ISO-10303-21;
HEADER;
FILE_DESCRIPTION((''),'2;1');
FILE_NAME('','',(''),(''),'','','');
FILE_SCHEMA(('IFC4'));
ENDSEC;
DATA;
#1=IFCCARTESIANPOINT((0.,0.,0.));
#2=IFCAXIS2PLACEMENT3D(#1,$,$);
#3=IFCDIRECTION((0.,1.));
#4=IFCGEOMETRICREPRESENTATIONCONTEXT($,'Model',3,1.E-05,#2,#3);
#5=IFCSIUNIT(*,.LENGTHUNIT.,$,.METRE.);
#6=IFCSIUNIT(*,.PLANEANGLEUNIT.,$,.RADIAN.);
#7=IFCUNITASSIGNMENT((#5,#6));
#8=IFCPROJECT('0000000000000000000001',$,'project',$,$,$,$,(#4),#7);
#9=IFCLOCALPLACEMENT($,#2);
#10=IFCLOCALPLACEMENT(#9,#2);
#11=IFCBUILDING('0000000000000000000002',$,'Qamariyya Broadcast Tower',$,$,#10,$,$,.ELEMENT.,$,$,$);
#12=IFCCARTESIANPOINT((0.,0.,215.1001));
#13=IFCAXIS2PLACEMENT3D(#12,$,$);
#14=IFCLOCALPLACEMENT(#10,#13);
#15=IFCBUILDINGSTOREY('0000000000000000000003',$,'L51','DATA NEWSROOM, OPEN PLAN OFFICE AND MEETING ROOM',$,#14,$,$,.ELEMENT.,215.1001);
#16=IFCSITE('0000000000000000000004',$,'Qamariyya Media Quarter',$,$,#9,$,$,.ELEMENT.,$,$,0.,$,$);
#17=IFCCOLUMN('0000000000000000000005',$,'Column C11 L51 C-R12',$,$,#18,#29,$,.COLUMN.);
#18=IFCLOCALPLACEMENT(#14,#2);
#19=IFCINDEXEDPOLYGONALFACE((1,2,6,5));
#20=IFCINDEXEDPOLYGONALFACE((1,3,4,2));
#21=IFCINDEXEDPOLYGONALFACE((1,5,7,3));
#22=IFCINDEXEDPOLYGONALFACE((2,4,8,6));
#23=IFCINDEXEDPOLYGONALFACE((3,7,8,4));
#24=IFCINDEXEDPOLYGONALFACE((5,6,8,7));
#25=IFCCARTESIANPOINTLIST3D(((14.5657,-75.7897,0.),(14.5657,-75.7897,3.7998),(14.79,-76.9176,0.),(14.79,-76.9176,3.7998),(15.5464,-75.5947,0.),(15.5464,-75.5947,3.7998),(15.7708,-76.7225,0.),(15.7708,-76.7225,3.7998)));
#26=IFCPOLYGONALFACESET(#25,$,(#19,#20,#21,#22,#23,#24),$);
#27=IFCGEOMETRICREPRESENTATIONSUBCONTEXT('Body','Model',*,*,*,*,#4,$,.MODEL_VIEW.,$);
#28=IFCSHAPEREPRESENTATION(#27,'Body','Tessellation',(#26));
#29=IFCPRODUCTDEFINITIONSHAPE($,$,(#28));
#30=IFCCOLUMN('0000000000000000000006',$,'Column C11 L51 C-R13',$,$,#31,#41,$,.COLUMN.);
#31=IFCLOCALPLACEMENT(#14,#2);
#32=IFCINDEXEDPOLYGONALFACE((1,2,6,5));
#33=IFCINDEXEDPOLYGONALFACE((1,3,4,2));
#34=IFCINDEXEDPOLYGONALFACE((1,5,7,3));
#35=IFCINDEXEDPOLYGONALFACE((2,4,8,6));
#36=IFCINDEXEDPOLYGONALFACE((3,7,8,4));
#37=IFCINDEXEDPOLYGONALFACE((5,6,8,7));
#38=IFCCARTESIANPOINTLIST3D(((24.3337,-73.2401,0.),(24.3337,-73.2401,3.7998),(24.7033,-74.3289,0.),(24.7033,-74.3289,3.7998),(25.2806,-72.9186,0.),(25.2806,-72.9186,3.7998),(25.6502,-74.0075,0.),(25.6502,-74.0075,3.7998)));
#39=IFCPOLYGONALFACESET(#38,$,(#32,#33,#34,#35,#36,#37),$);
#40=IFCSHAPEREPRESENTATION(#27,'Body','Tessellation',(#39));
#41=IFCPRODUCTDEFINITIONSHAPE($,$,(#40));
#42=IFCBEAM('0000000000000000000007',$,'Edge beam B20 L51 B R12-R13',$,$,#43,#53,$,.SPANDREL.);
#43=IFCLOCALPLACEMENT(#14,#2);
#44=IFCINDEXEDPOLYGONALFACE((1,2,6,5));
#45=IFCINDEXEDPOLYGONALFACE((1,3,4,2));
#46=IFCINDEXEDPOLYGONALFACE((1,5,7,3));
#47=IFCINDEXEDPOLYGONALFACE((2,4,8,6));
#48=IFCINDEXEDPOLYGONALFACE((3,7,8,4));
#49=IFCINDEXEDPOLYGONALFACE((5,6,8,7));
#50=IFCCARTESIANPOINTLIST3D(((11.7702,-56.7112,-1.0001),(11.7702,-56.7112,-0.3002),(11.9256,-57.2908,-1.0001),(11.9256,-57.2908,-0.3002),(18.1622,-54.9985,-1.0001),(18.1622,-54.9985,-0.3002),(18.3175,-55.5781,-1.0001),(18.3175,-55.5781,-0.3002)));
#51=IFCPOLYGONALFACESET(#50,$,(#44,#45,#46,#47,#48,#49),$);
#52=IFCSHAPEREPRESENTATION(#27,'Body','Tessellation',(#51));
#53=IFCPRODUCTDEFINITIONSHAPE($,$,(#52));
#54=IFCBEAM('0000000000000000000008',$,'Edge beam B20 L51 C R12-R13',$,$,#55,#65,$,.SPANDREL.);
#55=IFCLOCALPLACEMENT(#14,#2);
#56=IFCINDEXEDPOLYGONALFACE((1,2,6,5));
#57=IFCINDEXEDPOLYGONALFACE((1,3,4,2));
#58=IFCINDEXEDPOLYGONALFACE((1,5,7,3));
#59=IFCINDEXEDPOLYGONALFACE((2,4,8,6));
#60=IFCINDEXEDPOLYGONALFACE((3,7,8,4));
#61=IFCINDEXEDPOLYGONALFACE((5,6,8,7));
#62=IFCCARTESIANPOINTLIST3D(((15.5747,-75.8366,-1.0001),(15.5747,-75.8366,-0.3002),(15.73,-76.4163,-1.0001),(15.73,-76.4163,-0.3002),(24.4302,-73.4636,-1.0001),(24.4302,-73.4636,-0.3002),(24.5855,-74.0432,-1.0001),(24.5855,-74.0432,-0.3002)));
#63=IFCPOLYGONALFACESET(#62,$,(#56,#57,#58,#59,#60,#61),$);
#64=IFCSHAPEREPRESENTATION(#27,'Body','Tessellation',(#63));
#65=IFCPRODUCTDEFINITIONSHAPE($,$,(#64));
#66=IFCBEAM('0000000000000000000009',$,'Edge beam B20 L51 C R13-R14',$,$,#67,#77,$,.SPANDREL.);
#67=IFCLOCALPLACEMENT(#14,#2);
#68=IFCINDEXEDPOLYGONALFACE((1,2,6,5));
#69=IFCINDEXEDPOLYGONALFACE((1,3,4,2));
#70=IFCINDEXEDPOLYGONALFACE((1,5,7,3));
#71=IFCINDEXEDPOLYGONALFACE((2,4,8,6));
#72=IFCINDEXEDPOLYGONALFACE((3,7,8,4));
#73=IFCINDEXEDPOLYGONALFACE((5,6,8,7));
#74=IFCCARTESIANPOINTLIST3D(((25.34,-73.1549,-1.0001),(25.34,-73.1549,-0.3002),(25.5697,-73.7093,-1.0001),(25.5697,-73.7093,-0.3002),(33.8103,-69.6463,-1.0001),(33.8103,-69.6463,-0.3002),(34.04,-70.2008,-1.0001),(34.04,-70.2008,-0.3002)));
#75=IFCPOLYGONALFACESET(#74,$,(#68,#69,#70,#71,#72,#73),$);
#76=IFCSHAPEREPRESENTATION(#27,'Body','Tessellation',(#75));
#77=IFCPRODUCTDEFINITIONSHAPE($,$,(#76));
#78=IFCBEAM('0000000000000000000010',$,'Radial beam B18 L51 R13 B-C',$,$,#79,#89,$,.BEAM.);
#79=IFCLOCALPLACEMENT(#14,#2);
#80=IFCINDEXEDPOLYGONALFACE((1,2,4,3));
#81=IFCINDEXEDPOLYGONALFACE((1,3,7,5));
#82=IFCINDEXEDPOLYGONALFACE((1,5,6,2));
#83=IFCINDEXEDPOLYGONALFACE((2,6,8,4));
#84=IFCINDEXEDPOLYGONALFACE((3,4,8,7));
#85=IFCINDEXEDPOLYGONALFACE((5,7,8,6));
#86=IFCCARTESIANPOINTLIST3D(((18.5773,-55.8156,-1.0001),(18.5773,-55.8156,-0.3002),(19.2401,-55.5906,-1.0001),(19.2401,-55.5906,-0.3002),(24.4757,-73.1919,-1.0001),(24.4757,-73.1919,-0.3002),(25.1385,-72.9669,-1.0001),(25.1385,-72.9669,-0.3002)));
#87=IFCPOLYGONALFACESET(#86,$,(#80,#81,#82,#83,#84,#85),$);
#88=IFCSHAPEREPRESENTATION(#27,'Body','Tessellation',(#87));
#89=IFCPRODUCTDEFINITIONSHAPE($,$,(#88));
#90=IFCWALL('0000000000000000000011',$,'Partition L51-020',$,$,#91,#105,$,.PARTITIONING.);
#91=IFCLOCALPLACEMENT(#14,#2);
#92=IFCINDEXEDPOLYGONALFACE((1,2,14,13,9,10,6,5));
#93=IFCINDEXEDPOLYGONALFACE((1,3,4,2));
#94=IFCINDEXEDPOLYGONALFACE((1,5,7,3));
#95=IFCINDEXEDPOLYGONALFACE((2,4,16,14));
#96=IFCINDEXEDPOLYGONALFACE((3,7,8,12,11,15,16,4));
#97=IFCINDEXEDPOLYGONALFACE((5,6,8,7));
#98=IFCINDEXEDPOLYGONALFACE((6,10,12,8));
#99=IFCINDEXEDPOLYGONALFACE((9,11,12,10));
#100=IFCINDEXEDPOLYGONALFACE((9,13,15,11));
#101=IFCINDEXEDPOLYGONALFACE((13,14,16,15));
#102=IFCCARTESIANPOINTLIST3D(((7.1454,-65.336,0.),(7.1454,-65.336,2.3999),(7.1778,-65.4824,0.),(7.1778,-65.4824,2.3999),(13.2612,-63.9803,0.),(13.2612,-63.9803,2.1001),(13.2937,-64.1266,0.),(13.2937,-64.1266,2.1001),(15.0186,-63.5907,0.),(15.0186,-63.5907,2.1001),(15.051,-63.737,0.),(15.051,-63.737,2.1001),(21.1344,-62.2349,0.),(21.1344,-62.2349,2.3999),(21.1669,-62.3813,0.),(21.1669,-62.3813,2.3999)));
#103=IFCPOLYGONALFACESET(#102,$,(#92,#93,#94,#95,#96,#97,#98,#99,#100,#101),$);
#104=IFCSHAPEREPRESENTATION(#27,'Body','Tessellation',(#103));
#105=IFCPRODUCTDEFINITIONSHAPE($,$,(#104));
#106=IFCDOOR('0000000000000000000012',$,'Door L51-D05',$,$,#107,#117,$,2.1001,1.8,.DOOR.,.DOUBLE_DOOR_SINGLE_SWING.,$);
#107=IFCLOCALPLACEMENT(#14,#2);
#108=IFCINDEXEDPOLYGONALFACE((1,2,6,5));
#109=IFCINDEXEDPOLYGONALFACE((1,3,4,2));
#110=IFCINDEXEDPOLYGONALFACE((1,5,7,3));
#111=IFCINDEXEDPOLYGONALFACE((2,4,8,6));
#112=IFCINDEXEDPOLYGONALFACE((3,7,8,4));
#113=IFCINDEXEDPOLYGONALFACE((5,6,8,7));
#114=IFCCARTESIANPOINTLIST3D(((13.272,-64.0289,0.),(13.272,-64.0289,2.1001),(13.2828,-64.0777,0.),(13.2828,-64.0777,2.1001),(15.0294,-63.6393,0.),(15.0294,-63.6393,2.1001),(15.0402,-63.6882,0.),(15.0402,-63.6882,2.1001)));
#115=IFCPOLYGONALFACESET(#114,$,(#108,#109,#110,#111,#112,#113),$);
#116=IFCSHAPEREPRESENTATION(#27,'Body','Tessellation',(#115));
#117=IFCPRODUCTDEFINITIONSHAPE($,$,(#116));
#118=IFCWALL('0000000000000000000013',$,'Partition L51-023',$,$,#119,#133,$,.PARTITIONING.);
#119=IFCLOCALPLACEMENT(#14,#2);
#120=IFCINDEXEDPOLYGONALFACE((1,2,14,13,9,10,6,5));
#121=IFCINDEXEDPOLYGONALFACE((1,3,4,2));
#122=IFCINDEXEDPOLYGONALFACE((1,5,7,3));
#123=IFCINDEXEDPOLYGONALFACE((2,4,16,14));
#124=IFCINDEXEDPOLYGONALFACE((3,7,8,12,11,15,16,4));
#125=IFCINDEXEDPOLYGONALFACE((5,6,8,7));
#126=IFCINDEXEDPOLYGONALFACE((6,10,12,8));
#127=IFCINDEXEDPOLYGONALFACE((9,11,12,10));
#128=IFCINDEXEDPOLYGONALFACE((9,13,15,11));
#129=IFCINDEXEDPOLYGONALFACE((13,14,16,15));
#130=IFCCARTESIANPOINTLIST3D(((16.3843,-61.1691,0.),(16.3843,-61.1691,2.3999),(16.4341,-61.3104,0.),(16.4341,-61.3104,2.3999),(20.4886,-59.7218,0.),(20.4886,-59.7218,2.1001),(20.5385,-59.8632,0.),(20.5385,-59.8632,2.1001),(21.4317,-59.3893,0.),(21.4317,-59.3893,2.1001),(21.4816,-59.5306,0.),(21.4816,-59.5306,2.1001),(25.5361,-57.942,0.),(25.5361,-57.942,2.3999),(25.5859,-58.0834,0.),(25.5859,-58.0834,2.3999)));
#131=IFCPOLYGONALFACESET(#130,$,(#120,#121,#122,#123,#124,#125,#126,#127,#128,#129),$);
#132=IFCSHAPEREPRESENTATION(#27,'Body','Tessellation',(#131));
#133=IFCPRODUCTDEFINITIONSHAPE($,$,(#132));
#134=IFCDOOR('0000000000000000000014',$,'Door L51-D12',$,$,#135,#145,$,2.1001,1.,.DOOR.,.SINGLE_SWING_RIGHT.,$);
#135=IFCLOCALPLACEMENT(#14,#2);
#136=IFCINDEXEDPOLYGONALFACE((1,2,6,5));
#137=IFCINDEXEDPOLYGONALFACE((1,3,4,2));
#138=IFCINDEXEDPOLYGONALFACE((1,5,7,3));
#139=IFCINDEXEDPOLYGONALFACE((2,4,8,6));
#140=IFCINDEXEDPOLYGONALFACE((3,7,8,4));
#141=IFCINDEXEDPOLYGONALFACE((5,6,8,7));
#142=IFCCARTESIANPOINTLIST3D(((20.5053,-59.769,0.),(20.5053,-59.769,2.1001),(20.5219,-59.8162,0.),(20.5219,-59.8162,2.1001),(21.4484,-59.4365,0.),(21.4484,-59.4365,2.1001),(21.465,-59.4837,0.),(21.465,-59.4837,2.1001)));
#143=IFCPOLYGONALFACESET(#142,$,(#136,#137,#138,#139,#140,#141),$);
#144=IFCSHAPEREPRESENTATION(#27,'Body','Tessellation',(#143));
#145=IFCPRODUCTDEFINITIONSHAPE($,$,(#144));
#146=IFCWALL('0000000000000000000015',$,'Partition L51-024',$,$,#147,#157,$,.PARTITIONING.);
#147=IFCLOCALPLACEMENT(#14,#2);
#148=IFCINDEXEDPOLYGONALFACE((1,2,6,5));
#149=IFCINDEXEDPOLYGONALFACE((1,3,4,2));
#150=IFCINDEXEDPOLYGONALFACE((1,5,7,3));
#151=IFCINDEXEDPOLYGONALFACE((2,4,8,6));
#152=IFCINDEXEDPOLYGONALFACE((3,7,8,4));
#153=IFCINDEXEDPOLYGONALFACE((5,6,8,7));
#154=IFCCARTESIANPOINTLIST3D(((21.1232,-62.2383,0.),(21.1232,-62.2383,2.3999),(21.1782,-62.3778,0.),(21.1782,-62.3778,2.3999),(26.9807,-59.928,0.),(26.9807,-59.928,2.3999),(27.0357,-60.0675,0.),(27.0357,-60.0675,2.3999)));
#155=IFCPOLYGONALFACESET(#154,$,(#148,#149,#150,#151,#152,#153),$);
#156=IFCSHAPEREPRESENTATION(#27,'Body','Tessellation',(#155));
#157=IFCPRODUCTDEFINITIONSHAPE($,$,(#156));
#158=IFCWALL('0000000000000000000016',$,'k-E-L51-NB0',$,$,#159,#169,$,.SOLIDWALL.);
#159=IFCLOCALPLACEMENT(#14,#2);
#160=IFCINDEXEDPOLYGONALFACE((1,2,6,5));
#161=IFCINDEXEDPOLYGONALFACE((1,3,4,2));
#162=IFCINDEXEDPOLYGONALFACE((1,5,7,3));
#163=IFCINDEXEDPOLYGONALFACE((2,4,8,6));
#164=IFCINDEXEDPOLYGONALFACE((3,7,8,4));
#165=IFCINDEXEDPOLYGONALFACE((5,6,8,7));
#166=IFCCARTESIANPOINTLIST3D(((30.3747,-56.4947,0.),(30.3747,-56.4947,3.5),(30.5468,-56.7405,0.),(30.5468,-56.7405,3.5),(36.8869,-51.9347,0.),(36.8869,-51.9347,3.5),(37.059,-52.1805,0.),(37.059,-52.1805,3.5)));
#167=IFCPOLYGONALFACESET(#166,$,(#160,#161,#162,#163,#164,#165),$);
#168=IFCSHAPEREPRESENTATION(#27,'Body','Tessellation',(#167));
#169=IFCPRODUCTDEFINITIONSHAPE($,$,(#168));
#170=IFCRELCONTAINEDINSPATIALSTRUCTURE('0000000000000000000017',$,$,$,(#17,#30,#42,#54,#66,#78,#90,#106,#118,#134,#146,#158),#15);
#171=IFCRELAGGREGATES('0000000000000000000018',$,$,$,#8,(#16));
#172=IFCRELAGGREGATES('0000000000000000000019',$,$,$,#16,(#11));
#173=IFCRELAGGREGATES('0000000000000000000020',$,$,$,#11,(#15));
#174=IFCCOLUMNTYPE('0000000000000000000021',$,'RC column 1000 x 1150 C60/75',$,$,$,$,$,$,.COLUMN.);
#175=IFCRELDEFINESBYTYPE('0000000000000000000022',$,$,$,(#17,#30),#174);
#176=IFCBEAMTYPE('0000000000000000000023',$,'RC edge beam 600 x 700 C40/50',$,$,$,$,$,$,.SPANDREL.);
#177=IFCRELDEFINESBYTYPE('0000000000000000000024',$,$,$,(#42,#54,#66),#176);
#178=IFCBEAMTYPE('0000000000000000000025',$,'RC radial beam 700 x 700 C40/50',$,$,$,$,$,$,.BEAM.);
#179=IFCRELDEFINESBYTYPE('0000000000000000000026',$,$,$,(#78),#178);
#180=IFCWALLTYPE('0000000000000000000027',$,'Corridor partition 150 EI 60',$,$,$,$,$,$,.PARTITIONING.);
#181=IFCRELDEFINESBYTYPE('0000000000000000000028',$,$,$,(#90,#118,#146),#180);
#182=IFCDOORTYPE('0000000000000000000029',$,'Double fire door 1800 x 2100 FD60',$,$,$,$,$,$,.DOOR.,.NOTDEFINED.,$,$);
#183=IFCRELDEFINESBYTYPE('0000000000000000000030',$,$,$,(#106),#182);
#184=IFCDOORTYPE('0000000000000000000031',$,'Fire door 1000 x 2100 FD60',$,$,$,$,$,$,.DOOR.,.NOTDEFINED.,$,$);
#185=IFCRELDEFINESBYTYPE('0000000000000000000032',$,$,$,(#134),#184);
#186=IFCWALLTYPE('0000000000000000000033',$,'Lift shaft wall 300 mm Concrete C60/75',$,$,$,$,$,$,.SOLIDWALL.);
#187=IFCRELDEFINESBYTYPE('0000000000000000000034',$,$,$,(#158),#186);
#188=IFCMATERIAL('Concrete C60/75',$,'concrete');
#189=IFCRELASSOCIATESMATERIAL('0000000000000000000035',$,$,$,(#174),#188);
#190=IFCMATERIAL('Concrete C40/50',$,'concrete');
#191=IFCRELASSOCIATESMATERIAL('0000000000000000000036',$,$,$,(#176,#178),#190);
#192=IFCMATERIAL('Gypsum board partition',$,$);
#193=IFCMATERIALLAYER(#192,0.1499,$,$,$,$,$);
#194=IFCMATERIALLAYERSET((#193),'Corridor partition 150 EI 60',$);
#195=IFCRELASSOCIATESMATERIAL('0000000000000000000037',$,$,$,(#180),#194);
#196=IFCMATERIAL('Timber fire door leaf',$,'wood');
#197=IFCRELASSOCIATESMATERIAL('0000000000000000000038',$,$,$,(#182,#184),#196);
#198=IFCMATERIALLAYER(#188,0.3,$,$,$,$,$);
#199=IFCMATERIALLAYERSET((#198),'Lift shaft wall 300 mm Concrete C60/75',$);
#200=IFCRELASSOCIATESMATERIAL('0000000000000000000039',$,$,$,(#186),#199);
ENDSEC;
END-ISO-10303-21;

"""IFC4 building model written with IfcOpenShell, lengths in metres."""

from ifc_helpers import new_model, si_unit, direction, frame, frame_2d, origin, origin_2d, place, context, subcontext, project, spatial, rectangle, extrude, material, layer, layer_set, material_profile, profile_set, type_object, element, fill, save


model = new_model("IFC4")

# Units and contexts
model_context = context("Model", 3, precision=1e-05, world=origin(), true_north=direction((0.0, 1.0)))
body_context = subcontext(model_context, "Body", "Model", "MODEL_VIEW")
ifc_project = project(units=[si_unit("LENGTHUNIT", "METRE"), si_unit("PLANEANGLEUNIT", "RADIAN")], contexts=[model_context])

# Site, building, storey
site_placement = place(None, origin())
site = spatial("IfcSite", under=ifc_project, at=site_placement, Name="Qamariyya Media Quarter", CompositionType="ELEMENT", RefElevation=0.0)
building_placement = place(site_placement, origin())
building = spatial("IfcBuilding", under=site, at=building_placement, Name="Qamariyya Broadcast Tower", CompositionType="ELEMENT")
storey_placement = place(building_placement, frame((0.0, 0.0, 215.1001)))
storey = spatial("IfcBuildingStorey", under=building, at=storey_placement, Name="L51", Description="DATA NEWSROOM, OPEN PLAN OFFICE AND MEETING ROOM", CompositionType="ELEMENT", Elevation=215.1001)

# Columns
ifc_material_1 = material(Name="Concrete C60/75", Category="concrete")
ifc_material_profile_1 = material_profile(ifc_material_1, rectangle(XDim=1.0, YDim=1.1499, at=origin_2d()))
ifc_profile_set_1 = profile_set([ifc_material_profile_1], Name="Concrete C60/75")
column_type = type_object("IfcColumnType", Name="RC column 1000 x 1150 C60/75", PredefinedType="COLUMN", material=ifc_profile_set_1)
for number, where, z_axis, x_axis, name in (
    (1, (15.1682, -76.2561, 0.0), (0.0, 0.0, 1.0), (0.980785, 0.19509, 0.0), "Column C11 L51 C-R12"),
    (2, (24.9919, -73.6238, 0.0), (0.0, 0.0, 1.0), (0.94693, 0.321439, 0.0), "Column C11 L51 C-R13"),
):
    element("IfcColumn", number, at=place(storey_placement, frame(where, z_axis=z_axis, x_axis=x_axis)), inside=storey, type_object=column_type, Name=name, PredefinedType="COLUMN", context=body_context, shape_type="SweptSolid", body=[
        extrude(rectangle(XDim=1.0, YDim=1.1499, at=origin_2d()), origin(), (0.0, 0.0, 1.0), 3.7998),
    ])

# Beams
ifc_material_2 = material(Name="Concrete C40/50", Category="concrete")
ifc_material_profile_2 = material_profile(ifc_material_2, rectangle(XDim=0.6001, YDim=0.7, at=origin_2d()))
ifc_profile_set_2 = profile_set([ifc_material_profile_2], Name="Concrete C40/50")
beam_type_1 = type_object("IfcBeamType", Name="RC edge beam 600 x 700 C40/50", PredefinedType="SPANDREL", material=ifc_profile_set_2)
beam_1_placement = place(storey_placement, frame((11.8479, -57.001, -0.6501), z_axis=(0.965927, 0.258813, 0.0), x_axis=(-0.258813, 0.965927, 0.0)))
element("IfcBeam", 3, at=beam_1_placement, inside=storey, type_object=beam_type_1, Name="Edge beam B20 L51 B R12-R13", PredefinedType="SPANDREL", context=body_context, shape_type="SweptSolid", body=[
    extrude(rectangle(XDim=0.6001, YDim=0.7, at=origin_2d()), origin(), (0.0, 0.0, 1.0), 6.6174),
])
beam_2_placement = place(storey_placement, frame((15.6523, -76.1265, -0.6501), z_axis=(0.96592, 0.258843, 0.0), x_axis=(-0.258843, 0.96592, 0.0)))
element("IfcBeam", 4, at=beam_2_placement, inside=storey, type_object=beam_type_1, Name="Edge beam B20 L51 C R12-R13", PredefinedType="SPANDREL", context=body_context, shape_type="SweptSolid", body=[
    extrude(rectangle(XDim=0.6001, YDim=0.7, at=origin_2d()), origin(), (0.0, 0.0, 1.0), 9.168),
])
beam_3_placement = place(storey_placement, frame((25.4548, -73.4321, -0.6501), z_axis=(0.923877, 0.38269, 0.0), x_axis=(-0.38269, 0.923877, 0.0)))
element("IfcBeam", 5, at=beam_3_placement, inside=storey, type_object=beam_type_1, Name="Edge beam B20 L51 C R13-R14", PredefinedType="SPANDREL", context=body_context, shape_type="SweptSolid", body=[
    extrude(rectangle(XDim=0.6001, YDim=0.7, at=origin_2d()), origin(), (0.0, 0.0, 1.0), 9.1682),
])
ifc_material_profile_3 = material_profile(ifc_material_2, rectangle(XDim=0.7, YDim=0.7, at=origin_2d()))
ifc_profile_set_3 = profile_set([ifc_material_profile_3], Name="Concrete C40/50")
beam_type_2 = type_object("IfcBeamType", Name="RC radial beam 700 x 700 C40/50", PredefinedType="BEAM", material=ifc_profile_set_3)
beam_4_placement = place(storey_placement, frame((18.9087, -55.7031, -0.6501), z_axis=(0.32144, -0.94693, 0.0), x_axis=(0.94693, 0.32144, 0.0)))
element("IfcBeam", 6, at=beam_4_placement, inside=storey, type_object=beam_type_2, Name="Radial beam B18 L51 R13 B-C", PredefinedType="BEAM", context=body_context, shape_type="SweptSolid", body=[
    extrude(rectangle(XDim=0.7, YDim=0.7, at=origin_2d()), origin(), (0.0, 0.0, 1.0), 18.3501),
])

# Walls, openings, doors
ifc_material_3 = material(Name="Gypsum board partition")
ifc_layer_1 = layer(ifc_material_3, 0.1499)
ifc_layer_set_1 = layer_set([ifc_layer_1], Name="Corridor partition 150 EI 60")
wall_type_1 = type_object("IfcWallType", Name="Corridor partition 150 EI 60", PredefinedType="PARTITIONING", material=ifc_layer_set_1)
wall_1_placement = place(storey_placement, frame((21.1506, -62.3081, 0.0), z_axis=(0.0, 0.0, 1.0), x_axis=(-0.976299, -0.216425, 0.0)))
wall_1 = element("IfcWall", 7, at=wall_1_placement, inside=storey, type_object=wall_type_1, Name="Partition L51-020", PredefinedType="PARTITIONING", context=body_context, shape_type="SweptSolid", body=[
    extrude(rectangle(XDim=14.3286, YDim=0.1499, at=frame_2d((7.1643, 0.0))), origin(), (0.0, 0.0, 1.0), 2.3999),
])
opening_1_placement = place(wall_1_placement, frame((6.2644, 0.0, 0.0)))
opening_1 = element("IfcOpeningElement", 8, at=opening_1_placement, cuts=wall_1, PredefinedType="OPENING", context=body_context, shape_type="SweptSolid", body=[
    extrude(rectangle(XDim=1.8, YDim=2.1001, at=frame_2d((0.8999, 1.05))), frame((0.0, 0.085, 0.0), z_axis=(0.0, -1.0, 0.0), x_axis=(1.0, 0.0, 0.0)), (0.0, 0.0, 1.0), 0.1699),
])
ifc_material_4 = material(Name="Timber fire door leaf", Category="wood")
door_type_1 = type_object("IfcDoorType", Name="Double fire door 1800 x 2100 FD60", OperationType="NOTDEFINED", PredefinedType="DOOR", material=ifc_material_4)
door_1_placement = place(opening_1_placement, origin())
door_1 = element("IfcDoor", 9, at=door_1_placement, inside=storey, type_object=door_type_1, Name="Door L51-D05", OperationType="DOUBLE_DOOR_SINGLE_SWING", OverallHeight=2.1001, OverallWidth=1.8, PredefinedType="DOOR", context=body_context, shape_type="SweptSolid", body=[
    extrude(rectangle(XDim=1.8, YDim=2.1001, at=frame_2d((0.8999, 1.05))), frame((0.0, 0.0249, 0.0), z_axis=(0.0, -1.0, 0.0), x_axis=(1.0, 0.0, 0.0)), (0.0, 0.0, 1.0), 0.05),
])
fill(opening_1, door_1)
wall_2_placement = place(storey_placement, frame((16.4092, -61.2397, 0.0), z_axis=(0.0, 0.0, 1.0), x_axis=(0.943088, 0.332544, 0.0)))
wall_2 = element("IfcWall", 10, at=wall_2_placement, inside=storey, type_object=wall_type_1, Name="Partition L51-023", PredefinedType="PARTITIONING", context=body_context, shape_type="SweptSolid", body=[
    extrude(rectangle(XDim=9.7041, YDim=0.1499, at=frame_2d((4.8521, 0.0))), origin(), (0.0, 0.0, 1.0), 2.3999),
])
opening_2_placement = place(wall_2_placement, frame((4.3521, 0.0, 0.0)))
opening_2 = element("IfcOpeningElement", 11, at=opening_2_placement, cuts=wall_2, PredefinedType="OPENING", context=body_context, shape_type="SweptSolid", body=[
    extrude(rectangle(XDim=1.0, YDim=2.1001, at=frame_2d((0.5, 1.05))), frame((0.0, 0.085, 0.0), z_axis=(0.0, -1.0, 0.0), x_axis=(1.0, 0.0, 0.0)), (0.0, 0.0, 1.0), 0.1699),
])
door_type_2 = type_object("IfcDoorType", Name="Fire door 1000 x 2100 FD60", OperationType="NOTDEFINED", PredefinedType="DOOR", material=ifc_material_4)
door_2_placement = place(opening_2_placement, origin())
door_2 = element("IfcDoor", 12, at=door_2_placement, inside=storey, type_object=door_type_2, Name="Door L51-D12", OperationType="SINGLE_SWING_RIGHT", OverallHeight=2.1001, OverallWidth=1.0, PredefinedType="DOOR", context=body_context, shape_type="SweptSolid", body=[
    extrude(rectangle(XDim=1.0, YDim=2.1001, at=frame_2d((0.5, 1.05))), frame((0.0, 0.0249, 0.0), z_axis=(0.0, -1.0, 0.0), x_axis=(1.0, 0.0, 0.0)), (0.0, 0.0, 1.0), 0.05),
])
fill(opening_2, door_2)

# Walls
wall_3_placement = place(storey_placement, frame((21.1506, -62.3081, 0.0), z_axis=(0.0, 0.0, 1.0), x_axis=(0.930255, 0.366914, 0.0)))
element("IfcWall", 13, at=wall_3_placement, inside=storey, type_object=wall_type_1, Name="Partition L51-024", PredefinedType="PARTITIONING", context=body_context, shape_type="SweptSolid", body=[
    extrude(rectangle(XDim=6.2966, YDim=0.1499, at=frame_2d((3.1484, 0.0))), origin(), (0.0, 0.0, 1.0), 2.3999),
])
ifc_layer_2 = layer(ifc_material_1, 0.3)
ifc_layer_set_2 = layer_set([ifc_layer_2], Name="Lift shaft wall 300 mm Concrete C60/75")
wall_type_2 = type_object("IfcWallType", Name="Lift shaft wall 300 mm Concrete C60/75", PredefinedType="SOLIDWALL", material=ifc_layer_set_2)
wall_4_placement = place(storey_placement, frame((30.4607, -56.6177, 0.0), z_axis=(0.0, 0.0, 1.0), x_axis=(0.819142, 0.57359, 0.0)))
element("IfcWall", 14, at=wall_4_placement, inside=storey, type_object=wall_type_2, Name="k-E-L51-NB0", PredefinedType="SOLIDWALL", context=body_context, shape_type="SweptSolid", body=[
    extrude(rectangle(XDim=7.95, YDim=0.3, at=frame_2d((3.9751, 0.0))), origin(), (0.0, 0.0, 1.0), 3.5),
])

save(model, "model.ifc")
